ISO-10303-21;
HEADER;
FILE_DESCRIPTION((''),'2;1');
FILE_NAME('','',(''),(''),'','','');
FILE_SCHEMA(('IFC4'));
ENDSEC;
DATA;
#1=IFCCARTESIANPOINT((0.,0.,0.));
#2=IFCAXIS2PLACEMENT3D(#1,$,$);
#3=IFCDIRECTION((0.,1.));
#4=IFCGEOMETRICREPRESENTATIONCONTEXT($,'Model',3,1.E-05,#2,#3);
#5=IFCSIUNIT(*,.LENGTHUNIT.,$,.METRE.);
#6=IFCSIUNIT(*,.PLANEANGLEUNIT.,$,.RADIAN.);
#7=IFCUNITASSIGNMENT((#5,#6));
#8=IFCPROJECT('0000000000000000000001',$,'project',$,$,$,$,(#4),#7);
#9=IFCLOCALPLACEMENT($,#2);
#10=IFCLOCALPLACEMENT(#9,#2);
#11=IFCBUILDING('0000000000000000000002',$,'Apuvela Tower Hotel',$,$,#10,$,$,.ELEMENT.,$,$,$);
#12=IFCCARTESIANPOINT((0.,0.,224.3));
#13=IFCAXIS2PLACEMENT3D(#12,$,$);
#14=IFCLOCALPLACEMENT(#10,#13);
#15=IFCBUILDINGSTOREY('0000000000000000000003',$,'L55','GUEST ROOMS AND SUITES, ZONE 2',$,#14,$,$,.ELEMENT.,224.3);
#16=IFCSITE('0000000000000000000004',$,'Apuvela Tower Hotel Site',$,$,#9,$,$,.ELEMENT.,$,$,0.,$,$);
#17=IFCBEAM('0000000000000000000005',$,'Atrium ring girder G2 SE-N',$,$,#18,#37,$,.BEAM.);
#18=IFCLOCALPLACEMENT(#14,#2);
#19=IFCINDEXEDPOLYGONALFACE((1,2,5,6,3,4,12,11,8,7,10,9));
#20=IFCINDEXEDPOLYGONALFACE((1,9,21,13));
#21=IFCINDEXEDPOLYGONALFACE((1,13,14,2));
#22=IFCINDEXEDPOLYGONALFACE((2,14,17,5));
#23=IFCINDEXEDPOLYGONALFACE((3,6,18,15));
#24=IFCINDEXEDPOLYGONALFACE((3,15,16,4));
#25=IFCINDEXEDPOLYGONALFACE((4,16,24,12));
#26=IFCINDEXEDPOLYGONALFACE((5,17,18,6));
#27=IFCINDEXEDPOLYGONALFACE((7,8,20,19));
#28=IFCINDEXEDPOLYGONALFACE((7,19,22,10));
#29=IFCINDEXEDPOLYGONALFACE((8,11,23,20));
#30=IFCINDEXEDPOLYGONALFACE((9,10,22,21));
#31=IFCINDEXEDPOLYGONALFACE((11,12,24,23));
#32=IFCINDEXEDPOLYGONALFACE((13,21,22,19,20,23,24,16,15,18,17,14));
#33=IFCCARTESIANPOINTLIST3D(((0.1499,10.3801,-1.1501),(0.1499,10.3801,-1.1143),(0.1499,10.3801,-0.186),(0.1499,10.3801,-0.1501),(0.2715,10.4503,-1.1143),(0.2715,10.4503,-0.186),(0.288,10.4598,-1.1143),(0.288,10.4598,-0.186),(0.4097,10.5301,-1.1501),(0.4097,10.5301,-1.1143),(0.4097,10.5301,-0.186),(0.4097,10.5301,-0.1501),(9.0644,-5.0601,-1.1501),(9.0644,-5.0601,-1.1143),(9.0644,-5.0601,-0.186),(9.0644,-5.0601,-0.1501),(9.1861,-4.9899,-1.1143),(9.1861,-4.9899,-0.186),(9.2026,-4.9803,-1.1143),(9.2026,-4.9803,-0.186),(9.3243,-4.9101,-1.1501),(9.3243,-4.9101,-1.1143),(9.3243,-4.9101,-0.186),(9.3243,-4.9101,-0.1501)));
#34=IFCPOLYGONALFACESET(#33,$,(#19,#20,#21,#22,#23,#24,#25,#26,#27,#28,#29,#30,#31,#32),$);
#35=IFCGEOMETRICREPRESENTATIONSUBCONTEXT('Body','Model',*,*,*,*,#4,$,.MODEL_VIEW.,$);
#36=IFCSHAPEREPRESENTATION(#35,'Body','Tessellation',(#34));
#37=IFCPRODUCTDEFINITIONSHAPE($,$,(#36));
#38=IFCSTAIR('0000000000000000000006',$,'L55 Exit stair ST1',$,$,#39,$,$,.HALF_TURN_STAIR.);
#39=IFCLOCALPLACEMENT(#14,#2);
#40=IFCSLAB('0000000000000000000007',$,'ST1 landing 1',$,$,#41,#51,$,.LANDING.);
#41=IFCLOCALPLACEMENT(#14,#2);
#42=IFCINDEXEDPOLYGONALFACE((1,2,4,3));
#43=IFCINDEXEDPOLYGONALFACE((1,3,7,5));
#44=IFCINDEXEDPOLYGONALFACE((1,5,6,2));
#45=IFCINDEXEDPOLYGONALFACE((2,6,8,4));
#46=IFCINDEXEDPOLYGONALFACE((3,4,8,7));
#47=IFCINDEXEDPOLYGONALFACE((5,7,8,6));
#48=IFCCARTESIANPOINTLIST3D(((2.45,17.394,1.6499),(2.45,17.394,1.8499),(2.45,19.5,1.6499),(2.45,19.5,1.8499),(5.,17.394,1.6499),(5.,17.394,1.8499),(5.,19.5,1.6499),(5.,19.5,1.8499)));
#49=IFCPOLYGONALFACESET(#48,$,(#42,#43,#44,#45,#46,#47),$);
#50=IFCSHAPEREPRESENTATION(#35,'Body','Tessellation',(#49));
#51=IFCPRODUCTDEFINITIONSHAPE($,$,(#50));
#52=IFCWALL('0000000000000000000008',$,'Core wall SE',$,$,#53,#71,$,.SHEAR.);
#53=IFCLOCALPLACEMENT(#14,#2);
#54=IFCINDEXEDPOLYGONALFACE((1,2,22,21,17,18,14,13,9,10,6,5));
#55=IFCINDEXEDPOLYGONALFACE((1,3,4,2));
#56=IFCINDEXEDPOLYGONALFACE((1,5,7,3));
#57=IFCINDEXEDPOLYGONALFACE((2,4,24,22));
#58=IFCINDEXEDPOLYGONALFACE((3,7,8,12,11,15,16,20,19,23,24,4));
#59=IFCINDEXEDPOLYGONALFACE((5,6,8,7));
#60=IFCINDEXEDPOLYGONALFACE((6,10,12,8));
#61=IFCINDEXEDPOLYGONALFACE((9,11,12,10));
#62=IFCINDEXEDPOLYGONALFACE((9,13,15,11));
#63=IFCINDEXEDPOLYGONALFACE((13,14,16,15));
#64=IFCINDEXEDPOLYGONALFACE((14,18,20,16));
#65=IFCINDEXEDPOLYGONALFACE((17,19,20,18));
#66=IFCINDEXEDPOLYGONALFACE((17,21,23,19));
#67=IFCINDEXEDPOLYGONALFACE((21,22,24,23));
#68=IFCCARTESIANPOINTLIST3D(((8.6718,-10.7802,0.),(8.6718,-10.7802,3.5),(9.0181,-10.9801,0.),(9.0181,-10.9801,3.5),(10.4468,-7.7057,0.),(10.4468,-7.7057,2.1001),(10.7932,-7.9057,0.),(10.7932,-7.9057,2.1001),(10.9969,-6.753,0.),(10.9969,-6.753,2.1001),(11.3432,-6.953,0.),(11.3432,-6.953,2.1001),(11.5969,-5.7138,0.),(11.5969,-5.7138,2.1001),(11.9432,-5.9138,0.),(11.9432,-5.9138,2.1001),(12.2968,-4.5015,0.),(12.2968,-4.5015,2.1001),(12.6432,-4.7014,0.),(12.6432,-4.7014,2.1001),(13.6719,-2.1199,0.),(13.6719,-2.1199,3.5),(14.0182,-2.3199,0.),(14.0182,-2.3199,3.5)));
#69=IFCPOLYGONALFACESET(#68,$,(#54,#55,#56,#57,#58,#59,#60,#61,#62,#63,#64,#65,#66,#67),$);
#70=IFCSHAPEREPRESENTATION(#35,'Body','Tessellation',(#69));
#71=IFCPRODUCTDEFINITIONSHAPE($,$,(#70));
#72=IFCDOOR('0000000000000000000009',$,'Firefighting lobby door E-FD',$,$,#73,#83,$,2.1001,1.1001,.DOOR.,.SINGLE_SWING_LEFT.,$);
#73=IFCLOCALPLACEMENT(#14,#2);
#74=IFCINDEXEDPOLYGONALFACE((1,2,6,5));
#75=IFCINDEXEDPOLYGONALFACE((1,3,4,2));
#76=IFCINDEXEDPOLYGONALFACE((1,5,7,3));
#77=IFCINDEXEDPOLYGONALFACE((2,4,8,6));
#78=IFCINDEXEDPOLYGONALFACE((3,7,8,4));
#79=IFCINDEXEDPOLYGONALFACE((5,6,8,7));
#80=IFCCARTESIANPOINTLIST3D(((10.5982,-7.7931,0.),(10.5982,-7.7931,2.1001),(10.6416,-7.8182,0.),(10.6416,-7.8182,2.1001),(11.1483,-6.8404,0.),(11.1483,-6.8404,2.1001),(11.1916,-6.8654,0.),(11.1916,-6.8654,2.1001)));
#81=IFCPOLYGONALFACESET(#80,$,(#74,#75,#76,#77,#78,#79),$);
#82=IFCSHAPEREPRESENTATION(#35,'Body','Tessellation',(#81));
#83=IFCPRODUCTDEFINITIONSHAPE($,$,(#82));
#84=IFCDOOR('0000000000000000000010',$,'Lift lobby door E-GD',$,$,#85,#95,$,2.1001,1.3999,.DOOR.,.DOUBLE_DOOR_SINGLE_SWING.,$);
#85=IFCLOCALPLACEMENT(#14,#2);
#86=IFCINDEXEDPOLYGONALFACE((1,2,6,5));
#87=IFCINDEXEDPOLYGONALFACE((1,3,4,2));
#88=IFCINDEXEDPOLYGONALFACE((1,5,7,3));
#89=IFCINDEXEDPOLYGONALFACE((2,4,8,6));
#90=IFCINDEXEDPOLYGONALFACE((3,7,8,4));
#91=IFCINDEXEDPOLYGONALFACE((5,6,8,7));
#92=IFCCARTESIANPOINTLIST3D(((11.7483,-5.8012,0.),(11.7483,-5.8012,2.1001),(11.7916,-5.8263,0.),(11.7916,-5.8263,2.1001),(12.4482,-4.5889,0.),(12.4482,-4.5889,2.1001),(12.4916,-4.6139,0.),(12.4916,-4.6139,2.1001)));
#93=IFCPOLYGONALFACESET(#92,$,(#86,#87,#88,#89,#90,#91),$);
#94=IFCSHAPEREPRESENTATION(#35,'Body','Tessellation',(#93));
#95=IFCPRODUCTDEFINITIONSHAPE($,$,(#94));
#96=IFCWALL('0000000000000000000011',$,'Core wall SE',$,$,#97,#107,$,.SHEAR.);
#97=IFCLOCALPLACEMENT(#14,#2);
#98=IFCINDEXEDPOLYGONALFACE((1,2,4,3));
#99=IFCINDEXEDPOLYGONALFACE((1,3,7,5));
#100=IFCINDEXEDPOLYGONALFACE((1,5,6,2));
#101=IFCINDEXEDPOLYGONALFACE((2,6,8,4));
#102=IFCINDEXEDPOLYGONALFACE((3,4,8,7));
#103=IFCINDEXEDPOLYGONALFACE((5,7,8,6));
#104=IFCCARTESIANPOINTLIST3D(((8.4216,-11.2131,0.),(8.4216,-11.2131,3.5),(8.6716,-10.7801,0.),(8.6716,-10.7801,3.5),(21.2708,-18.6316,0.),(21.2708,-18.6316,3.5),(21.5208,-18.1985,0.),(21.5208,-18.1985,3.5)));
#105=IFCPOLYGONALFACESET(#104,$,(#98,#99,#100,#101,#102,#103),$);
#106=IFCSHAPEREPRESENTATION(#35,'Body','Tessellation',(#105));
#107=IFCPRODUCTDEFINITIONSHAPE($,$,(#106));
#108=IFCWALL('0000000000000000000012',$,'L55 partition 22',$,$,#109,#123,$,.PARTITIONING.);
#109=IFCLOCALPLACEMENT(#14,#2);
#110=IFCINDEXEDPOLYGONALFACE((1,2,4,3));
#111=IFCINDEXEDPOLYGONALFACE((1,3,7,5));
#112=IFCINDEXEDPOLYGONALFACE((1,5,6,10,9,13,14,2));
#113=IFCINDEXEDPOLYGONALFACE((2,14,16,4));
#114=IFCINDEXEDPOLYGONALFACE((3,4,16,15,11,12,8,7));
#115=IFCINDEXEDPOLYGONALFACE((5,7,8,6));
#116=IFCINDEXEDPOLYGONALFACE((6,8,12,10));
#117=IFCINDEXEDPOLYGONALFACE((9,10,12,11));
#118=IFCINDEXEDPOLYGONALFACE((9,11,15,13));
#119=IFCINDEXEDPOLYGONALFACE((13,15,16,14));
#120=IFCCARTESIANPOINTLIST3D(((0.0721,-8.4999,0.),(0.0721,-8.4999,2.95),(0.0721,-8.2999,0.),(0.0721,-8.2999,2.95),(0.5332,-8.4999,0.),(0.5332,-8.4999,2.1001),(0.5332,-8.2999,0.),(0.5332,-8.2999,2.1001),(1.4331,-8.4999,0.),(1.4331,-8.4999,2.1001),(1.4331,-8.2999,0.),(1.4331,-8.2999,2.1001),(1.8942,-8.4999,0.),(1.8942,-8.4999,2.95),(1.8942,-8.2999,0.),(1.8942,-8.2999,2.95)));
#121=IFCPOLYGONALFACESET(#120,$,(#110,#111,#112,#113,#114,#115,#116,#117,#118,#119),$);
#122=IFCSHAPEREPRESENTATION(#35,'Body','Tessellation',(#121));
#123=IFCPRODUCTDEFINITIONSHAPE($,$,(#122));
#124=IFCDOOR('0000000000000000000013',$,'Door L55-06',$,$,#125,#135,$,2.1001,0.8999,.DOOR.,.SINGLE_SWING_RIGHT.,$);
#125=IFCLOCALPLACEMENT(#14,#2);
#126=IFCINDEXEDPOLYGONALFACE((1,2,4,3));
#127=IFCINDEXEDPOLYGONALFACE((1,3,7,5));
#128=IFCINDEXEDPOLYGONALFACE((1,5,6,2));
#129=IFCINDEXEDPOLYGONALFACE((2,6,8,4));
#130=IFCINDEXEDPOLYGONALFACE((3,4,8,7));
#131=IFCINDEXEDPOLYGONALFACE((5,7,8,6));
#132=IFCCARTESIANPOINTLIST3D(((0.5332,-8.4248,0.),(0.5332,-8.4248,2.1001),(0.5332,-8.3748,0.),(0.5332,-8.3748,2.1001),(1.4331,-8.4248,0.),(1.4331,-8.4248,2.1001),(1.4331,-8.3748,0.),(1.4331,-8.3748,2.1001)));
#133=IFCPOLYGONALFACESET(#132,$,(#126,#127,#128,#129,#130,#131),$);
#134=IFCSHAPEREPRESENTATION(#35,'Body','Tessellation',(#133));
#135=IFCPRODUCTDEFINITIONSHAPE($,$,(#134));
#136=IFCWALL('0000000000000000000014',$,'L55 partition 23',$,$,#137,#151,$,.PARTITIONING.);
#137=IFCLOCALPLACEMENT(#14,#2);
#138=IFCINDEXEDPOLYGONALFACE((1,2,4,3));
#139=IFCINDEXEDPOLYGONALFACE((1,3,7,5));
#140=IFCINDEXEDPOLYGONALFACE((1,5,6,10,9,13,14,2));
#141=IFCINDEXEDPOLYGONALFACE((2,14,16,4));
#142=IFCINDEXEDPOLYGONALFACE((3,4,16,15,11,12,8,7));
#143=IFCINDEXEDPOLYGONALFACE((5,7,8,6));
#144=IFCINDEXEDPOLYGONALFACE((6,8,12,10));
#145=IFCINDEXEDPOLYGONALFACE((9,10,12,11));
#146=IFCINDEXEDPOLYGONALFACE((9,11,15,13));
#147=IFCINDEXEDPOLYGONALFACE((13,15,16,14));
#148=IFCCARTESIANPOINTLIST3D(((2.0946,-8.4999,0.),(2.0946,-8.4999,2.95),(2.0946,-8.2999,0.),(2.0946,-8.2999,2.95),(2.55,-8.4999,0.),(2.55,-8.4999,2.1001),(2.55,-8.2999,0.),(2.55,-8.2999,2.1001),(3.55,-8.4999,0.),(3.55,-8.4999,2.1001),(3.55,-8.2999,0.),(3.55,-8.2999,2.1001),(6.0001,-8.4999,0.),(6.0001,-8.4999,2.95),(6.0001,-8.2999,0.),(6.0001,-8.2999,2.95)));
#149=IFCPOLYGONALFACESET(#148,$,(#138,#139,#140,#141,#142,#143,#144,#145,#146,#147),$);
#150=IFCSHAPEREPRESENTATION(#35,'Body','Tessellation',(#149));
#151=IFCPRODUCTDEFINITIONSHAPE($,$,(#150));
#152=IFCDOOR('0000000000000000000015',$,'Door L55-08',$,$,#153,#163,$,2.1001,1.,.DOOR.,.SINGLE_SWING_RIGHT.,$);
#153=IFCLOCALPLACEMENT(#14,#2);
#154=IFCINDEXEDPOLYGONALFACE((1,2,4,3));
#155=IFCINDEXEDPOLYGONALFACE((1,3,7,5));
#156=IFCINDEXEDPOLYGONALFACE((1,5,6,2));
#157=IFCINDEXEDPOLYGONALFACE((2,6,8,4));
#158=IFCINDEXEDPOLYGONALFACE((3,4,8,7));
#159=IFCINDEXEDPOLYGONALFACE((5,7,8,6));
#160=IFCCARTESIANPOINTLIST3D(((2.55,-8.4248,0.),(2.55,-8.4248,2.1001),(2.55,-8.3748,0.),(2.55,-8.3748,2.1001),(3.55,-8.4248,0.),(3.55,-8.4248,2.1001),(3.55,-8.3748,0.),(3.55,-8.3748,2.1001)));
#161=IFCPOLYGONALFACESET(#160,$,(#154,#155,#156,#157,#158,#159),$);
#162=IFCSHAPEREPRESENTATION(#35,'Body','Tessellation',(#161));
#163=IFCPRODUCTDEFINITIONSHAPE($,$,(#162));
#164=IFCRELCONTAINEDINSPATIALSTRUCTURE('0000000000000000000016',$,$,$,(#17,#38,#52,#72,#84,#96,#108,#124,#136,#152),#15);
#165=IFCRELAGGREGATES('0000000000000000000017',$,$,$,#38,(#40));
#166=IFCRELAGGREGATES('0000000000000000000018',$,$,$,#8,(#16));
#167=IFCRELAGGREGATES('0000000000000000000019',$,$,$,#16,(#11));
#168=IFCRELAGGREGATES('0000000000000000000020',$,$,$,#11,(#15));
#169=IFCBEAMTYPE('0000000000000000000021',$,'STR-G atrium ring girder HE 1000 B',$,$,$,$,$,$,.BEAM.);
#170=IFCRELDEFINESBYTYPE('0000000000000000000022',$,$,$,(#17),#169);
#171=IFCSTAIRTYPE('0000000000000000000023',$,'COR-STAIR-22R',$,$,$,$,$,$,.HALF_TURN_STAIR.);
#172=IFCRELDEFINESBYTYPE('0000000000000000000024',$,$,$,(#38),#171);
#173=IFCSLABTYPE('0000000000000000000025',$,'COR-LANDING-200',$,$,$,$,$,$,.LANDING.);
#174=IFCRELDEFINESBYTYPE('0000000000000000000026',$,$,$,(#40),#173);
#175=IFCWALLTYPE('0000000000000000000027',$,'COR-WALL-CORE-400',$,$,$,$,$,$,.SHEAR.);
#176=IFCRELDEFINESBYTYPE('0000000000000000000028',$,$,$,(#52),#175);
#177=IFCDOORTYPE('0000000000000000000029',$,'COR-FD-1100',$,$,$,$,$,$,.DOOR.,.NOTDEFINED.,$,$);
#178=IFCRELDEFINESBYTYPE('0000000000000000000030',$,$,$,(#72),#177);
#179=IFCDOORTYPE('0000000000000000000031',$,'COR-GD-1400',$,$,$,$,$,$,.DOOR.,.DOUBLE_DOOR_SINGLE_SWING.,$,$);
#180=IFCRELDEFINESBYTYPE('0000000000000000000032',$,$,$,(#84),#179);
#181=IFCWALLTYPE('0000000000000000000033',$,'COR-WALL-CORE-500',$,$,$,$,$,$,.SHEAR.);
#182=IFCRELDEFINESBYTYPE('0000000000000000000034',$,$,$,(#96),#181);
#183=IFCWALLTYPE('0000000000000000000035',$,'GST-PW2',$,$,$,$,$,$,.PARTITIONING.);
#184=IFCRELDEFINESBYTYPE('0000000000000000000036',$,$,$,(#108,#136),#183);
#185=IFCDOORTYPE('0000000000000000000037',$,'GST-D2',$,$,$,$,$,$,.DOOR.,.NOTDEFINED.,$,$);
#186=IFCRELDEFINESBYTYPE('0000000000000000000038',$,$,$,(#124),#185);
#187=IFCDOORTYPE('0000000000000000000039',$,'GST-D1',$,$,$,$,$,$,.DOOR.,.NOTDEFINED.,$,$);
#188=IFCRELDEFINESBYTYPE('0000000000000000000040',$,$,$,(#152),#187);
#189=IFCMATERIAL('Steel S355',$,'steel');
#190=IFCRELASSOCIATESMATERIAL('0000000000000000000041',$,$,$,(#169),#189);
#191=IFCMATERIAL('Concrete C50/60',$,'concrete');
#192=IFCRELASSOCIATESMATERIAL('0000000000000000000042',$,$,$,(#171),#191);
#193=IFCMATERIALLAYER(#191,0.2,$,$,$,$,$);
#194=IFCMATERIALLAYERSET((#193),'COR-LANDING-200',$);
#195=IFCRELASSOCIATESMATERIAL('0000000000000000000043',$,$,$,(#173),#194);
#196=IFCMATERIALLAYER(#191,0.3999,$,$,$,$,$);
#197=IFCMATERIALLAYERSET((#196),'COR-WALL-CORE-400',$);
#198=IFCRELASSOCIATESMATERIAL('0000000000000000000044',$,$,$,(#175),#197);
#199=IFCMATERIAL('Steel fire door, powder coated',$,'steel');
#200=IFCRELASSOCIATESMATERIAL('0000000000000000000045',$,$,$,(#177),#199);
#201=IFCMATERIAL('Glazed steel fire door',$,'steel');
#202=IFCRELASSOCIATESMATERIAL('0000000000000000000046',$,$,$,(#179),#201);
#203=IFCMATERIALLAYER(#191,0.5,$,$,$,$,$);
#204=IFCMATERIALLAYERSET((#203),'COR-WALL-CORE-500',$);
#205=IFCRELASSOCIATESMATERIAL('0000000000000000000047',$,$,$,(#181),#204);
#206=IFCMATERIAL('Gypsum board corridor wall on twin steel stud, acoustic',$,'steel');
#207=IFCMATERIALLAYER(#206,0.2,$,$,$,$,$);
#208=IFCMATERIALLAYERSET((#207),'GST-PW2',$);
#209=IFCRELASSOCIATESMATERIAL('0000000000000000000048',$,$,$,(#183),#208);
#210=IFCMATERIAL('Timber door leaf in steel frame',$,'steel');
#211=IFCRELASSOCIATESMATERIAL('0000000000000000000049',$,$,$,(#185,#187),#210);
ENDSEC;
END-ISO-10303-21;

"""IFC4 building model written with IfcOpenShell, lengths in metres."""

from ifc_helpers import new_model, si_unit, direction, frame, frame_2d, origin, origin_2d, place, context, subcontext, project, spatial, polyline, rectangle, i_section, outline, extrude, material, layer, layer_set, material_profile, profile_set, type_object, element, fill, aggregate, save


model = new_model("IFC4")

# Units and contexts
model_context = context("Model", 3, precision=1e-05, world=origin(), true_north=direction((0.0, 1.0)))
body_context = subcontext(model_context, "Body", "Model", "MODEL_VIEW")
ifc_project = project(units=[si_unit("LENGTHUNIT", "METRE"), si_unit("PLANEANGLEUNIT", "RADIAN")], contexts=[model_context])

# Site, building, storey
site_placement = place(None, origin())
site = spatial("IfcSite", under=ifc_project, at=site_placement, Name="Apuvela Tower Hotel Site", CompositionType="ELEMENT", RefElevation=0.0)
building_placement = place(site_placement, origin())
building = spatial("IfcBuilding", under=site, at=building_placement, Name="Apuvela Tower Hotel", CompositionType="ELEMENT")
storey_placement = place(building_placement, frame((0.0, 0.0, 224.3)))
storey = spatial("IfcBuildingStorey", under=building, at=storey_placement, Name="L55", Description="GUEST ROOMS AND SUITES, ZONE 2", CompositionType="ELEMENT", Elevation=224.3)

# Beam
ifc_material_1 = material(Name="Steel S355", Category="steel")
ifc_material_profile = material_profile(ifc_material_1, i_section(OverallWidth=0.3, OverallDepth=1.0, WebThickness=0.019, FlangeThickness=0.0359, at=origin_2d()), Name="HE 1000 B")
ifc_profile_set = profile_set([ifc_material_profile], Name="Steel S355")
beam_type = type_object("IfcBeamType", Name="STR-G atrium ring girder HE 1000 B", PredefinedType="BEAM", material=ifc_profile_set)
beam_placement = place(storey_placement, frame((9.1943, -4.9851, -0.6501), z_axis=(-0.500007, 0.866022, 0.0), x_axis=(-0.866022, -0.500007, 0.0)))
element("IfcBeam", 1, at=beam_placement, inside=storey, type_object=beam_type, Name="Atrium ring girder G2 SE-N", PredefinedType="BEAM", context=body_context, shape_type="SweptSolid", body=[
    extrude(i_section(OverallWidth=0.3, OverallDepth=1.0, WebThickness=0.019, FlangeThickness=0.0359, at=origin_2d()), origin(), (0.0, 0.0, 1.0), 17.8289),
])

# Stair, slab
ifc_material_2 = material(Name="Concrete C50/60", Category="concrete")
stair_type = type_object("IfcStairType", Name="COR-STAIR-22R", PredefinedType="HALF_TURN_STAIR", material=ifc_material_2)
stair_placement = place(storey_placement, origin())
stair = element("IfcStair", 2, at=stair_placement, inside=storey, type_object=stair_type, Name="L55 Exit stair ST1", PredefinedType="HALF_TURN_STAIR")
ifc_layer_1 = layer(ifc_material_2, 0.2)
ifc_layer_set_1 = layer_set([ifc_layer_1], Name="COR-LANDING-200")
slab_type = type_object("IfcSlabType", Name="COR-LANDING-200", PredefinedType="LANDING", material=ifc_layer_set_1)
slab_placement = place(storey_placement, frame((0.0, 0.0, 1.6499)))
slab = element("IfcSlab", 3, at=slab_placement, type_object=slab_type, Name="ST1 landing 1", PredefinedType="LANDING", context=body_context, shape_type="SweptSolid", body=[
    extrude(outline(polyline([(5.0, 17.394), (5.0, 19.5), (2.45, 19.5), (2.45, 17.394), (5.0, 17.394)])), origin(), (0.0, 0.0, 1.0), 0.2),
])
aggregate(stair, [slab])

# Wall, openings, doors
ifc_layer_2 = layer(ifc_material_2, 0.3999)
ifc_layer_set_2 = layer_set([ifc_layer_2], Name="COR-WALL-CORE-400")
wall_type_1 = type_object("IfcWallType", Name="COR-WALL-CORE-400", PredefinedType="SHEAR", material=ifc_layer_set_2)
wall_1_placement = place(storey_placement, frame((8.845, -10.8801, 0.0), z_axis=(0.0, 0.0, 1.0), x_axis=(0.500004, 0.866023, 0.0)))
wall_1 = element("IfcWall", 4, at=wall_1_placement, inside=storey, type_object=wall_type_1, Name="Core wall SE", PredefinedType="SHEAR", context=body_context, shape_type="SweptSolid", body=[
    extrude(rectangle(XDim=10.0, YDim=0.3999, at=frame_2d((5.0, 0.0))), origin(), (0.0, 0.0, 1.0), 3.5),
])
opening_1_placement = place(wall_1_placement, frame((3.55, 0.0, 0.0)))
opening_1 = element("IfcOpeningElement", 5, at=opening_1_placement, cuts=wall_1, PredefinedType="OPENING", context=body_context, shape_type="SweptSolid", body=[
    extrude(rectangle(XDim=1.1001, YDim=2.1001, at=frame_2d((0.55, 1.05))), frame((0.0, 0.21, 0.0), z_axis=(0.0, -1.0, 0.0), x_axis=(1.0, 0.0, 0.0)), (0.0, 0.0, 1.0), 0.4199),
])
opening_2_placement = place(wall_1_placement, frame((5.8501, 0.0, 0.0)))
opening_2 = element("IfcOpeningElement", 6, at=opening_2_placement, cuts=wall_1, PredefinedType="OPENING", context=body_context, shape_type="SweptSolid", body=[
    extrude(rectangle(XDim=1.3999, YDim=2.1001, at=frame_2d((0.7, 1.05))), frame((0.0, 0.21, 0.0), z_axis=(0.0, -1.0, 0.0), x_axis=(1.0, 0.0, 0.0)), (0.0, 0.0, 1.0), 0.4199),
])
ifc_material_3 = material(Name="Steel fire door, powder coated", Category="steel")
door_type_1 = type_object("IfcDoorType", Name="COR-FD-1100", OperationType="NOTDEFINED", PredefinedType="DOOR", material=ifc_material_3)
door_1_placement = place(opening_1_placement, frame((1.1001, 0.0, 0.0), z_axis=(0.0, 0.0, 1.0), x_axis=(-1.0, 0.0, 0.0)))
door_1 = element("IfcDoor", 7, at=door_1_placement, inside=storey, type_object=door_type_1, Name="Firefighting lobby door E-FD", OperationType="SINGLE_SWING_LEFT", OverallHeight=2.1001, OverallWidth=1.1001, PredefinedType="DOOR", context=body_context, shape_type="SweptSolid", body=[
    extrude(rectangle(XDim=1.1001, YDim=2.1001, at=frame_2d((0.55, 1.05))), frame((0.0, 0.0249, 0.0), z_axis=(0.0, -1.0, 0.0), x_axis=(1.0, 0.0, 0.0)), (0.0, 0.0, 1.0), 0.05),
])
fill(opening_1, door_1)
ifc_material_4 = material(Name="Glazed steel fire door", Category="steel")
door_type_2 = type_object("IfcDoorType", Name="COR-GD-1400", OperationType="DOUBLE_DOOR_SINGLE_SWING", PredefinedType="DOOR", material=ifc_material_4)
door_2_placement = place(opening_2_placement, frame((1.3999, 0.0, 0.0), z_axis=(0.0, 0.0, 1.0), x_axis=(-1.0, 0.0, 0.0)))
door_2 = element("IfcDoor", 8, at=door_2_placement, inside=storey, type_object=door_type_2, Name="Lift lobby door E-GD", OperationType="DOUBLE_DOOR_SINGLE_SWING", OverallHeight=2.1001, OverallWidth=1.3999, PredefinedType="DOOR", context=body_context, shape_type="SweptSolid", body=[
    extrude(rectangle(XDim=1.3999, YDim=2.1001, at=frame_2d((0.7, 1.05))), frame((0.0, 0.0249, 0.0), z_axis=(0.0, -1.0, 0.0), x_axis=(1.0, 0.0, 0.0)), (0.0, 0.0, 1.0), 0.05),
])
fill(opening_2, door_2)

# Wall
ifc_layer_3 = layer(ifc_material_2, 0.5)
ifc_layer_set_3 = layer_set([ifc_layer_3], Name="COR-WALL-CORE-500")
wall_type_2 = type_object("IfcWallType", Name="COR-WALL-CORE-500", PredefinedType="SHEAR", material=ifc_layer_set_3)
wall_2_placement = place(storey_placement, frame((8.5466, -10.9966, 0.0), z_axis=(0.0, 0.0, 1.0), x_axis=(0.866025, -0.500001, 0.0)))
element("IfcWall", 9, at=wall_2_placement, inside=storey, type_object=wall_type_2, Name="Core wall SE", PredefinedType="SHEAR", context=body_context, shape_type="SweptSolid", body=[
    extrude(rectangle(XDim=14.8369, YDim=0.5, at=frame_2d((7.4185, 0.0))), origin(), (0.0, 0.0, 1.0), 3.5),
])

# Walls, openings, doors
ifc_material_5 = material(Name="Gypsum board corridor wall on twin steel stud, acoustic", Category="steel")
ifc_layer_4 = layer(ifc_material_5, 0.2)
ifc_layer_set_4 = layer_set([ifc_layer_4], Name="GST-PW2")
wall_type_3 = type_object("IfcWallType", Name="GST-PW2", PredefinedType="PARTITIONING", material=ifc_layer_set_4)
wall_3_placement = place(storey_placement, frame((1.8943, -8.3999, 0.0), z_axis=(0.0, 0.0, 1.0), x_axis=(-1.0, 0.0, 0.0)))
wall_3 = element("IfcWall", 10, at=wall_3_placement, inside=storey, type_object=wall_type_3, Name="L55 partition 22", PredefinedType="PARTITIONING", context=body_context, shape_type="SweptSolid", body=[
    extrude(rectangle(XDim=1.822, YDim=0.2, at=frame_2d((0.9111, 0.0))), origin(), (0.0, 0.0, 1.0), 2.95),
])
opening_3_placement = place(wall_3_placement, frame((0.4612, 0.0, 0.0)))
opening_3 = element("IfcOpeningElement", 11, at=opening_3_placement, cuts=wall_3, PredefinedType="OPENING", context=body_context, shape_type="SweptSolid", body=[
    extrude(rectangle(XDim=0.8999, YDim=2.1001, at=frame_2d((0.45, 1.05))), frame((0.0, 0.1099, 0.0), z_axis=(0.0, -1.0, 0.0), x_axis=(1.0, 0.0, 0.0)), (0.0, 0.0, 1.0), 0.22),
])
ifc_material_6 = material(Name="Timber door leaf in steel frame", Category="steel")
door_type_3 = type_object("IfcDoorType", Name="GST-D2", OperationType="NOTDEFINED", PredefinedType="DOOR", material=ifc_material_6)
door_3_placement = place(opening_3_placement, origin())
door_3 = element("IfcDoor", 12, at=door_3_placement, inside=storey, type_object=door_type_3, Name="Door L55-06", OperationType="SINGLE_SWING_RIGHT", OverallHeight=2.1001, OverallWidth=0.8999, PredefinedType="DOOR", context=body_context, shape_type="SweptSolid", body=[
    extrude(rectangle(XDim=0.8999, YDim=2.1001, at=frame_2d((0.45, 1.05))), frame((0.0, 0.0249, 0.0), z_axis=(0.0, -1.0, 0.0), x_axis=(1.0, 0.0, 0.0)), (0.0, 0.0, 1.0), 0.05),
])
fill(opening_3, door_3)
wall_4_placement = place(storey_placement, frame((6.0, -8.3999, 0.0), z_axis=(0.0, 0.0, 1.0), x_axis=(-1.0, 0.0, 0.0)))
wall_4 = element("IfcWall", 13, at=wall_4_placement, inside=storey, type_object=wall_type_3, Name="L55 partition 23", PredefinedType="PARTITIONING", context=body_context, shape_type="SweptSolid", body=[
    extrude(rectangle(XDim=3.9055, YDim=0.2, at=frame_2d((1.9526, 0.0))), origin(), (0.0, 0.0, 1.0), 2.95),
])
opening_4_placement = place(wall_4_placement, frame((2.45, 0.0, 0.0)))
opening_4 = element("IfcOpeningElement", 14, at=opening_4_placement, cuts=wall_4, PredefinedType="OPENING", context=body_context, shape_type="SweptSolid", body=[
    extrude(rectangle(XDim=1.0, YDim=2.1001, at=frame_2d((0.5, 1.05))), frame((0.0, 0.1099, 0.0), z_axis=(0.0, -1.0, 0.0), x_axis=(1.0, 0.0, 0.0)), (0.0, 0.0, 1.0), 0.22),
])
door_type_4 = type_object("IfcDoorType", Name="GST-D1", OperationType="NOTDEFINED", PredefinedType="DOOR", material=ifc_material_6)
door_4_placement = place(opening_4_placement, origin())
door_4 = element("IfcDoor", 15, at=door_4_placement, inside=storey, type_object=door_type_4, Name="Door L55-08", OperationType="SINGLE_SWING_RIGHT", OverallHeight=2.1001, OverallWidth=1.0, PredefinedType="DOOR", context=body_context, shape_type="SweptSolid", body=[
    extrude(rectangle(XDim=1.0, YDim=2.1001, at=frame_2d((0.5, 1.05))), frame((0.0, 0.0249, 0.0), z_axis=(0.0, -1.0, 0.0), x_axis=(1.0, 0.0, 0.0)), (0.0, 0.0, 1.0), 0.05),
])
fill(opening_4, door_4)

save(model, "model.ifc")
